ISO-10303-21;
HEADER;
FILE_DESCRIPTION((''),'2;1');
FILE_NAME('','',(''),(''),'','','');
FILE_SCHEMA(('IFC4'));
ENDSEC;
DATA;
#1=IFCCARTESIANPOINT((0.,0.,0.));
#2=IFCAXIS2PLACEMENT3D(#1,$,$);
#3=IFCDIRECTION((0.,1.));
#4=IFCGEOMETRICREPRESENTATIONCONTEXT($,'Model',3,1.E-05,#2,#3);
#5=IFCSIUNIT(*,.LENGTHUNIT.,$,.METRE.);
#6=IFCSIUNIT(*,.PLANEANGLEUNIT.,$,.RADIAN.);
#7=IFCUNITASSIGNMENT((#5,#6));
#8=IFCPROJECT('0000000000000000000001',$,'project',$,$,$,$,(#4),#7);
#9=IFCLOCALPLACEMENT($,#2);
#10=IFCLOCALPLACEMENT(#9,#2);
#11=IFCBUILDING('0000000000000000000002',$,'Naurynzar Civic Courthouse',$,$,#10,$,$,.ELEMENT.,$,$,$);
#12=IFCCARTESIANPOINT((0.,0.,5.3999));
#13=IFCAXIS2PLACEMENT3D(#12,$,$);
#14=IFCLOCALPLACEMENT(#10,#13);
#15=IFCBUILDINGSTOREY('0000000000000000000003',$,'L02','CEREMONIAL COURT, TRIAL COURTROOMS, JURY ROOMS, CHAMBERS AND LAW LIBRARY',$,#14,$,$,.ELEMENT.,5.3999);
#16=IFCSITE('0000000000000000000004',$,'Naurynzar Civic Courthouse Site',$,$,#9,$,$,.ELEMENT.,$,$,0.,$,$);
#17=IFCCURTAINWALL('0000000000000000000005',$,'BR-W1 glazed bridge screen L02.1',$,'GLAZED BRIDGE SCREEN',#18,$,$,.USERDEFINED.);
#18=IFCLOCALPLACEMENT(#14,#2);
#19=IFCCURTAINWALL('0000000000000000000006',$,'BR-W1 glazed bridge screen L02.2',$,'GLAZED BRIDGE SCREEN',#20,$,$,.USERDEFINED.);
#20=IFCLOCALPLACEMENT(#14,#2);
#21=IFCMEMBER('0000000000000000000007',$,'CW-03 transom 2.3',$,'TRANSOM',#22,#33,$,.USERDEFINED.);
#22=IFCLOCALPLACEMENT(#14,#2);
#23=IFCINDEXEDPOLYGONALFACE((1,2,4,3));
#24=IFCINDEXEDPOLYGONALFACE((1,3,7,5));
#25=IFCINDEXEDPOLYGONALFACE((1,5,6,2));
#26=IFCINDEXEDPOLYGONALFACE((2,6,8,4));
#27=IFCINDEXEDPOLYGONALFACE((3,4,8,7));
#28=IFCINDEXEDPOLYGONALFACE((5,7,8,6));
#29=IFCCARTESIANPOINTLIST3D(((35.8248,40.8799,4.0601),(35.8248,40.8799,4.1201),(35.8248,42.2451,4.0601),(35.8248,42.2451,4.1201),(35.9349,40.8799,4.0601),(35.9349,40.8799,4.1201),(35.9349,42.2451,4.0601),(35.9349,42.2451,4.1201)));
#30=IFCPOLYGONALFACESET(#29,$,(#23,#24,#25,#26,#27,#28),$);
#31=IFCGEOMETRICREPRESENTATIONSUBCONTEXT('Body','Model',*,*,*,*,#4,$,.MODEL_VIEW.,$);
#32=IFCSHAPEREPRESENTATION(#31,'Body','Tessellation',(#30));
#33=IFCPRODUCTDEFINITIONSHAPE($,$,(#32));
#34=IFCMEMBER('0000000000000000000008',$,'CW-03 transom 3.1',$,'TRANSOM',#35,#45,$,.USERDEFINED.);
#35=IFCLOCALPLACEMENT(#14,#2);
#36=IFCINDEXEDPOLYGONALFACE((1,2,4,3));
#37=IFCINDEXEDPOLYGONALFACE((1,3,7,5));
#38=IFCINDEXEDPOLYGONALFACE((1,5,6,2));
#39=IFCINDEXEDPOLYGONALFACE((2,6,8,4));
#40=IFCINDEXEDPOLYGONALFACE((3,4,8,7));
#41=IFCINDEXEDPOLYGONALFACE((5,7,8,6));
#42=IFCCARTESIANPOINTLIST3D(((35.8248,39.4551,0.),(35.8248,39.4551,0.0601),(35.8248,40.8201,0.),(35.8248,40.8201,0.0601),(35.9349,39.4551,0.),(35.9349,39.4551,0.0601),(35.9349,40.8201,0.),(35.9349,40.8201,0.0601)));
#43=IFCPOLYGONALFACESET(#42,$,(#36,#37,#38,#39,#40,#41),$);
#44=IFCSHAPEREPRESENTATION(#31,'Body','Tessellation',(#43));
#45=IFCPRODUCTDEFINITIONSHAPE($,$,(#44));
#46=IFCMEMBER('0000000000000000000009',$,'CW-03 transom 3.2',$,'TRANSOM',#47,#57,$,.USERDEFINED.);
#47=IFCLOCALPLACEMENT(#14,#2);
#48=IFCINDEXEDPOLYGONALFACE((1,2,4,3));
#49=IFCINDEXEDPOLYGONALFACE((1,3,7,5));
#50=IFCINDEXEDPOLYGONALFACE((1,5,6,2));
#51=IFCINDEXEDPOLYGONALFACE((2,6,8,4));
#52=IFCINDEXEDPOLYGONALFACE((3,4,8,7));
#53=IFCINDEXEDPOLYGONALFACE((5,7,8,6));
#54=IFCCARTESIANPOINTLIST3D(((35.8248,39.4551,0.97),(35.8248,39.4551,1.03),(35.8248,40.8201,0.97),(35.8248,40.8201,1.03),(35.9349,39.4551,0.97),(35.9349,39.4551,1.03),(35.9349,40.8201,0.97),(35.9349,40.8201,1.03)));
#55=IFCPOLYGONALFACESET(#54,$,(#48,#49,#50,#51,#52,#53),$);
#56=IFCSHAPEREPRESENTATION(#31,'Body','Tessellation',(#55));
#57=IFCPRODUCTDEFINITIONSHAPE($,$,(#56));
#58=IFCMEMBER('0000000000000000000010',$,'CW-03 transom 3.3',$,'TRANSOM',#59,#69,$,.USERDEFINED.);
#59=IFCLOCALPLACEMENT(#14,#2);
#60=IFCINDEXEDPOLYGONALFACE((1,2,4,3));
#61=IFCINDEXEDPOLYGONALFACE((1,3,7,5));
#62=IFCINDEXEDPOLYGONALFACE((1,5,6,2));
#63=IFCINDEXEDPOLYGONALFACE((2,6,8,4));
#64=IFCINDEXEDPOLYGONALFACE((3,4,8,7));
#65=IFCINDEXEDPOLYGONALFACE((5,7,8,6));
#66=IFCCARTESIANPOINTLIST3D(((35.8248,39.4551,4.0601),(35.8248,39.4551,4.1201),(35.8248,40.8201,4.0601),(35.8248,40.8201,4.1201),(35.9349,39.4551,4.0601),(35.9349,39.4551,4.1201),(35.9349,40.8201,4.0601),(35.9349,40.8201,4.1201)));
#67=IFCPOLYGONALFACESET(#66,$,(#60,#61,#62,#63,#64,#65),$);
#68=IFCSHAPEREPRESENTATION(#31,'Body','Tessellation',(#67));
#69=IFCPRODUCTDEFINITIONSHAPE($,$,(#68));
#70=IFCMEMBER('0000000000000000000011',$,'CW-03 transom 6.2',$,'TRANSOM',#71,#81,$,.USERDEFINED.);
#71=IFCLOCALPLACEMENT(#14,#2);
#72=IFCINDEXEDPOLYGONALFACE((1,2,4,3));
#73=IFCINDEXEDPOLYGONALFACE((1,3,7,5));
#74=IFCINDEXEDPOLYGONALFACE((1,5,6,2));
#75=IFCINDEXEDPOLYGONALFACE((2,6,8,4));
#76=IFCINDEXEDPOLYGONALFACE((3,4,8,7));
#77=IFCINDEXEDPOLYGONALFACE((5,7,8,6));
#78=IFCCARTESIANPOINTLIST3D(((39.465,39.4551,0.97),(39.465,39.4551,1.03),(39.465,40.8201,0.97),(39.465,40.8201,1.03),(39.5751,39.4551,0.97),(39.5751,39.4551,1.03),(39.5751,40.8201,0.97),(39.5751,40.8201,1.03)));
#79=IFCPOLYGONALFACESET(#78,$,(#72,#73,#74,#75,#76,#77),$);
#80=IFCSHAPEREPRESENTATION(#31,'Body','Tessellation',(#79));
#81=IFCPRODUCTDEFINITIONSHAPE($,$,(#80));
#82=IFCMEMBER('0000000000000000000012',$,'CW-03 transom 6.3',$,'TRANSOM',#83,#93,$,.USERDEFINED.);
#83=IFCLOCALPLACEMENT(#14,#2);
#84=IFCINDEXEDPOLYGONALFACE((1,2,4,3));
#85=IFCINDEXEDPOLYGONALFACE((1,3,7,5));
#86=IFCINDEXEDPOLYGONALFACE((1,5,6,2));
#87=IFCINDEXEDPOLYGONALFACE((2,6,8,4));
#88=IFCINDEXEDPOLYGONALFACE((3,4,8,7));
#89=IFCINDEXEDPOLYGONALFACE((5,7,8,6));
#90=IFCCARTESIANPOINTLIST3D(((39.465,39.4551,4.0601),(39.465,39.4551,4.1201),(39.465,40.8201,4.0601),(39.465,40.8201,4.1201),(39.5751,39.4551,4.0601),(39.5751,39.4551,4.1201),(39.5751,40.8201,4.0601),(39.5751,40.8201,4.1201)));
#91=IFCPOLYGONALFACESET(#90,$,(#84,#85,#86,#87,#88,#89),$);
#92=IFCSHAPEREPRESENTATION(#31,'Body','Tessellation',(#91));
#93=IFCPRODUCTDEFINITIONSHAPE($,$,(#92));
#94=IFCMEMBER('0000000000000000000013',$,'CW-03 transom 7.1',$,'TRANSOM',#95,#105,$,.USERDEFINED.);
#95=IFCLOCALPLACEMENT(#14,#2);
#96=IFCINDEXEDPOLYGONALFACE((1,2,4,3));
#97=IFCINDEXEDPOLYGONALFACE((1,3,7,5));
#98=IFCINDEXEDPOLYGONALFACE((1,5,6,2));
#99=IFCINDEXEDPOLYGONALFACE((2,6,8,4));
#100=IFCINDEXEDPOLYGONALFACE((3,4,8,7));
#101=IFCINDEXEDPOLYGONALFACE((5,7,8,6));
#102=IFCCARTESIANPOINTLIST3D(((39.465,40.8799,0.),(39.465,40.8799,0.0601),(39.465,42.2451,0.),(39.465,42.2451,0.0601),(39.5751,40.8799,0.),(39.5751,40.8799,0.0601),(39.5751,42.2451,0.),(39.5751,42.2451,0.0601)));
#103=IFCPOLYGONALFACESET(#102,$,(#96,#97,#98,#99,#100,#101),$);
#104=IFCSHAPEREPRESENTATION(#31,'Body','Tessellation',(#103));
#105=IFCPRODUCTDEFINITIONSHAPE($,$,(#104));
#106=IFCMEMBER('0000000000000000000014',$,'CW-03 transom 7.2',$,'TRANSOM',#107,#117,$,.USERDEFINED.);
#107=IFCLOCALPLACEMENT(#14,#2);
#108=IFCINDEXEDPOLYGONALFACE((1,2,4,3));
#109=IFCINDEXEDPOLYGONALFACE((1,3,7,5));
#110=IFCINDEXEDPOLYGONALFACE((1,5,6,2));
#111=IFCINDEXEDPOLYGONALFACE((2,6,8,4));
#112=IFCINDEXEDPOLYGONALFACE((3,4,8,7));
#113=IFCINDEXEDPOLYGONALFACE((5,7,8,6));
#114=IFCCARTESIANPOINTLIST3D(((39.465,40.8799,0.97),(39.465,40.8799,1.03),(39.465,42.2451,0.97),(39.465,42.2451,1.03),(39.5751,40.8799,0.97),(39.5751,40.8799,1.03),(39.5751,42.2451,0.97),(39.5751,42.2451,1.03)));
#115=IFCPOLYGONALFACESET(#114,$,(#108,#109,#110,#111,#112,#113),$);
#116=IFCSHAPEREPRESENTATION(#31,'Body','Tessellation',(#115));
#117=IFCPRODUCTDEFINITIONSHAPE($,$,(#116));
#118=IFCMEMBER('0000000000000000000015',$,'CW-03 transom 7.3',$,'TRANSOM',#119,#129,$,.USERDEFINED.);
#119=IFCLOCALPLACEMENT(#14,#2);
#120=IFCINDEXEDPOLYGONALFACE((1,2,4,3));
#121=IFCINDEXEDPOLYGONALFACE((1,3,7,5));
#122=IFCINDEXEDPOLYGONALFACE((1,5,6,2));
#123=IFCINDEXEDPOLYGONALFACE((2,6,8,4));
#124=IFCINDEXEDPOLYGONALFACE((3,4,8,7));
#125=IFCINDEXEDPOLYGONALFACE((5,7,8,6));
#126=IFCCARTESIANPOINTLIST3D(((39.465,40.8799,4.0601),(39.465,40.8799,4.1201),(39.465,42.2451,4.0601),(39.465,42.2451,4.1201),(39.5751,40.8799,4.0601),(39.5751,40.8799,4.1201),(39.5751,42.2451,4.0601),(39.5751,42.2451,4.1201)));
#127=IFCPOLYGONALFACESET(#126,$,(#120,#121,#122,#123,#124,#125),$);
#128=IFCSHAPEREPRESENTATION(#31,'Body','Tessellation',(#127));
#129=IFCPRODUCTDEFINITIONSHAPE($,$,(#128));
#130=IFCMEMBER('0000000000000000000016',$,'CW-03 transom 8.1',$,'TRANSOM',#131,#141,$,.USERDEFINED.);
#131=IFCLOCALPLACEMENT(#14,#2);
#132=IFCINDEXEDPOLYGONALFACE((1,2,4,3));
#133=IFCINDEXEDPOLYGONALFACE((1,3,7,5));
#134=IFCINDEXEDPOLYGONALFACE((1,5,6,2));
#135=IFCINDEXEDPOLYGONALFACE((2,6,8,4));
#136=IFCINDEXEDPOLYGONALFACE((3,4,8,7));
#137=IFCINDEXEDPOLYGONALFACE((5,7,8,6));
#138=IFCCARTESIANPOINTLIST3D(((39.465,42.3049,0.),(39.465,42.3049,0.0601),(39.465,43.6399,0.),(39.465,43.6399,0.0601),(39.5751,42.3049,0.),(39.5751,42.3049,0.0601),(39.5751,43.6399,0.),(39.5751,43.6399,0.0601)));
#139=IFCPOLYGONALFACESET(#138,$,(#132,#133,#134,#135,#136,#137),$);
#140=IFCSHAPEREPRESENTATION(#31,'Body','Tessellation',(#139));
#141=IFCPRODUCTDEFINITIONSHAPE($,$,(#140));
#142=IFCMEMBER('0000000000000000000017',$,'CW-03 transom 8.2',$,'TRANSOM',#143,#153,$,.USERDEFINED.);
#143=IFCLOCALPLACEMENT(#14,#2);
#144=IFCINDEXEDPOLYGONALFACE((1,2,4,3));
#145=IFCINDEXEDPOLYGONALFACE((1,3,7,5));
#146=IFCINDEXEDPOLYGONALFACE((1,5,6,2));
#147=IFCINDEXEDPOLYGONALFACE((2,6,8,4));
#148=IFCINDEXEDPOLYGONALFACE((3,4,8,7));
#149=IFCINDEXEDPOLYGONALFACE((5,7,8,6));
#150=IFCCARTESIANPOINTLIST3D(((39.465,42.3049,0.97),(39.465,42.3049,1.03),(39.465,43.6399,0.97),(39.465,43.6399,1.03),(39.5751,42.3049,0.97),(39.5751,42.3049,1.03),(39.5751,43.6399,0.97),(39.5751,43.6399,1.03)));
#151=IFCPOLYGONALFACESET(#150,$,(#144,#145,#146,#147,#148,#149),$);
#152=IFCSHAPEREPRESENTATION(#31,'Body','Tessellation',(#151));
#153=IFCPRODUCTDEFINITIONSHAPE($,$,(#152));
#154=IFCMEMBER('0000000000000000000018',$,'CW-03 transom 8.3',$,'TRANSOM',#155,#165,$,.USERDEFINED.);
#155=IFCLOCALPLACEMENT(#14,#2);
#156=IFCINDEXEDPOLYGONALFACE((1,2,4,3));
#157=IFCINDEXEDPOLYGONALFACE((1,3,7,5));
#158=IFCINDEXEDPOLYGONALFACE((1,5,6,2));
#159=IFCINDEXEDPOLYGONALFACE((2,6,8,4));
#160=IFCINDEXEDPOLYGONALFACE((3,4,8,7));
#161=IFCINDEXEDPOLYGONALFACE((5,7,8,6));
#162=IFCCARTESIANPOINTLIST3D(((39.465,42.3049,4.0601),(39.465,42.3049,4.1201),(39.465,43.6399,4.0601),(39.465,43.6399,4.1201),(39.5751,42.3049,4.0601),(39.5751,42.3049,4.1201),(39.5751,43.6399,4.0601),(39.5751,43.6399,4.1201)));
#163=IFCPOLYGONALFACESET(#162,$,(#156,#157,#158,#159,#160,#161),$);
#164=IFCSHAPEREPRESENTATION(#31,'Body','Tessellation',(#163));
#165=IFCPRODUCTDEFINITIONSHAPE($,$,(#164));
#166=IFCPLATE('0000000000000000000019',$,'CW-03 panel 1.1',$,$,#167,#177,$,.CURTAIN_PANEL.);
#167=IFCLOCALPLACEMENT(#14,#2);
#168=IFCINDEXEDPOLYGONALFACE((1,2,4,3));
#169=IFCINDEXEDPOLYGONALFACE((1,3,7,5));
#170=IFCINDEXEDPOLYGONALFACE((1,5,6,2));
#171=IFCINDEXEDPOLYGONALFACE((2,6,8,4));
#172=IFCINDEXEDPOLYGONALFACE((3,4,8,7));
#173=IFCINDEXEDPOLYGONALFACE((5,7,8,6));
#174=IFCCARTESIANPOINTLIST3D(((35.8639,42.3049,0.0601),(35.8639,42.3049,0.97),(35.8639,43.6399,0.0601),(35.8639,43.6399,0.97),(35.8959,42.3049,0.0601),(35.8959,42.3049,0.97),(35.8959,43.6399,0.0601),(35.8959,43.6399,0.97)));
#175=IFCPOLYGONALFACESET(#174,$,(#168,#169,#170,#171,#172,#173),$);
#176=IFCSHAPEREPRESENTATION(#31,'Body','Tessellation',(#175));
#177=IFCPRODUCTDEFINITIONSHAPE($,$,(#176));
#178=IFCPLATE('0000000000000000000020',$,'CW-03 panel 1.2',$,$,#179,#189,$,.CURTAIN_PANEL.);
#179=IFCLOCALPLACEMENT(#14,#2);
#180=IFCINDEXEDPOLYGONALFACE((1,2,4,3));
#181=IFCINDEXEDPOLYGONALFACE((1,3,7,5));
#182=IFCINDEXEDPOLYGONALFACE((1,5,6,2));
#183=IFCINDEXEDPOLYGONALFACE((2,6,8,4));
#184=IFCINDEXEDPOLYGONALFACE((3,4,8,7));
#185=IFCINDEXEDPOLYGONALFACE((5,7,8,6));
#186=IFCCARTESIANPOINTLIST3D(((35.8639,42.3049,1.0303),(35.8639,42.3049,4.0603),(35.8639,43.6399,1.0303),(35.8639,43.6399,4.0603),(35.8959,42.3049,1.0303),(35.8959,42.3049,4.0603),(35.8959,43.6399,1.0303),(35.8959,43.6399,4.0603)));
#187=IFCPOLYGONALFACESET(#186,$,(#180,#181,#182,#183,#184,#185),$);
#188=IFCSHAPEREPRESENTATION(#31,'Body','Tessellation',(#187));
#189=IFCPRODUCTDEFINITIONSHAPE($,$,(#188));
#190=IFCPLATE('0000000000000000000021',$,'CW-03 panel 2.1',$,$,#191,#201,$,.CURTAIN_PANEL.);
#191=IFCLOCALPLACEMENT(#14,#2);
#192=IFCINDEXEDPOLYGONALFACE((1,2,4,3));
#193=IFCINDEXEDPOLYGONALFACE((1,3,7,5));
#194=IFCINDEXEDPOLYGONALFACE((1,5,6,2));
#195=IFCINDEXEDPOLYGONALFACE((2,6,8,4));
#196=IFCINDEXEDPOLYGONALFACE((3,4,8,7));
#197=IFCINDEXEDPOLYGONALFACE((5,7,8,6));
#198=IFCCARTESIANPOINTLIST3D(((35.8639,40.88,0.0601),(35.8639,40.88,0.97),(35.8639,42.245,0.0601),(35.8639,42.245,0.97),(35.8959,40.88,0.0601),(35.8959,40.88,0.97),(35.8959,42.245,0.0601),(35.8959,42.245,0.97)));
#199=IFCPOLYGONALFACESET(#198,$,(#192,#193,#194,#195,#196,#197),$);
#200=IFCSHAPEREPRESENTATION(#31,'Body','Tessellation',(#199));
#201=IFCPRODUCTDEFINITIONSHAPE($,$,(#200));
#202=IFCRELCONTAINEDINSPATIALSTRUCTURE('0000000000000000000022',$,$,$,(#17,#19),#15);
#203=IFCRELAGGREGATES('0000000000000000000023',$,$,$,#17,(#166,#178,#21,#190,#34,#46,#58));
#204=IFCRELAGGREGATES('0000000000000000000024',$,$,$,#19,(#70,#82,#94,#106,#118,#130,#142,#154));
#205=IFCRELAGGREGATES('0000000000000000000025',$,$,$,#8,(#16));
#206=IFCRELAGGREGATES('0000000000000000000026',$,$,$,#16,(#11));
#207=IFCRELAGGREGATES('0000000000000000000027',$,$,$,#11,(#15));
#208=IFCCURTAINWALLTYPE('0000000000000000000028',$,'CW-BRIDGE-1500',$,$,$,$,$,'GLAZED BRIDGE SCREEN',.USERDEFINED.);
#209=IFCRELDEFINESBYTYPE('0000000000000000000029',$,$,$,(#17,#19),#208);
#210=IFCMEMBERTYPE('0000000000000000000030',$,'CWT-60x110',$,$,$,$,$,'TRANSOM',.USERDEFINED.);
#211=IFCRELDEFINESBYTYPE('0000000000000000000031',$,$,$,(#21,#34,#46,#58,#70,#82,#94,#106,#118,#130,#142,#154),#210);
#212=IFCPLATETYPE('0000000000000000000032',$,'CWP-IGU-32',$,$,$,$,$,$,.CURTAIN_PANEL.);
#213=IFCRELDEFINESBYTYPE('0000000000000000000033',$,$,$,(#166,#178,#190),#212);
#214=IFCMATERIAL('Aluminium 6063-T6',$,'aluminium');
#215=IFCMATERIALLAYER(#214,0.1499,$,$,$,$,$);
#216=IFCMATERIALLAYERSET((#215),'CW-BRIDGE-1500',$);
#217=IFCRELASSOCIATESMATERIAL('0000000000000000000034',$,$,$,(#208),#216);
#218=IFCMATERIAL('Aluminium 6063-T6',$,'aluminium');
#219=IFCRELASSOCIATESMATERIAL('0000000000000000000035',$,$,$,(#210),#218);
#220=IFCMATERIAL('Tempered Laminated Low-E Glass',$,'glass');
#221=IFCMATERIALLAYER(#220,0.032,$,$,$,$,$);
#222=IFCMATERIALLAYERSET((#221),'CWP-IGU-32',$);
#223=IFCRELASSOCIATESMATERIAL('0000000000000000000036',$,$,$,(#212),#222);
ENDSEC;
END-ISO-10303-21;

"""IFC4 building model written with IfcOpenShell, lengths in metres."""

from ifc_helpers import new_model, si_unit, direction, frame, origin, origin_2d, place, context, subcontext, project, spatial, rectangle, extrude, material, layer, layer_set, material_profile, profile_set, type_object, element, aggregate, save


model = new_model("IFC4")

# Units and contexts
model_context = context("Model", 3, precision=1e-05, world=origin(), true_north=direction((0.0, 1.0)))
body_context = subcontext(model_context, "Body", "Model", "MODEL_VIEW")
ifc_project = project(units=[si_unit("LENGTHUNIT", "METRE"), si_unit("PLANEANGLEUNIT", "RADIAN")], contexts=[model_context])

# Site, building, storey
site_placement = place(None, origin())
site = spatial("IfcSite", under=ifc_project, at=site_placement, Name="Naurynzar Civic Courthouse Site", CompositionType="ELEMENT", RefElevation=0.0)
building_placement = place(site_placement, origin())
building = spatial("IfcBuilding", under=site, at=building_placement, Name="Naurynzar Civic Courthouse", CompositionType="ELEMENT")
storey_placement = place(building_placement, frame((0.0, 0.0, 5.3999)))
storey = spatial("IfcBuildingStorey", under=building, at=storey_placement, Name="L02", Description="CEREMONIAL COURT, TRIAL COURTROOMS, JURY ROOMS, CHAMBERS AND LAW LIBRARY", CompositionType="ELEMENT", Elevation=5.3999)

# Curtain walls
ifc_material_1 = material(Name="Aluminium 6063-T6", Category="aluminium")
ifc_layer_1 = layer(ifc_material_1, 0.1499)
ifc_layer_set_1 = layer_set([ifc_layer_1], Name="CW-BRIDGE-1500")
curtain_wall_type = type_object("IfcCurtainWallType", Name="CW-BRIDGE-1500", ElementType="GLAZED BRIDGE SCREEN", PredefinedType="USERDEFINED", material=ifc_layer_set_1)
curtain_wall_1_placement = place(storey_placement, origin())
curtain_wall_1 = element("IfcCurtainWall", 1, at=curtain_wall_1_placement, inside=storey, type_object=curtain_wall_type, Name="BR-W1 glazed bridge screen L02.1", ObjectType="GLAZED BRIDGE SCREEN", PredefinedType="USERDEFINED")
curtain_wall_2_placement = place(storey_placement, origin())
curtain_wall_2 = element("IfcCurtainWall", 2, at=curtain_wall_2_placement, inside=storey, type_object=curtain_wall_type, Name="BR-W1 glazed bridge screen L02.2", ObjectType="GLAZED BRIDGE SCREEN", PredefinedType="USERDEFINED")

# Members
ifc_material_2 = material(Name="Aluminium 6063-T6", Category="aluminium")
ifc_material_profile_1 = material_profile(ifc_material_2, rectangle(XDim=0.1101, YDim=0.0601, at=origin_2d()), Name="ALU TRANSOM 60x110")
ifc_profile_set_1 = profile_set([ifc_material_profile_1], Name="Aluminium 6063-T6")
member_type_1 = type_object("IfcMemberType", Name="CWT-60x110", ElementType="TRANSOM", PredefinedType="USERDEFINED", material=ifc_profile_set_1)
member_1_placement = place(storey_placement, frame((35.8799, 42.2451, 4.0901), z_axis=(0.0, -1.0, 0.0), x_axis=(1.0, 0.0, 0.0)))
member_1 = element("IfcMember", 3, at=member_1_placement, type_object=member_type_1, Name="CW-03 transom 2.3", ObjectType="TRANSOM", PredefinedType="USERDEFINED", context=body_context, shape_type="SweptSolid", body=[
    extrude(rectangle(XDim=0.1101, YDim=0.0601, at=origin_2d()), origin(), (0.0, 0.0, 1.0), 1.3652),
])
member_2_placement = place(storey_placement, frame((35.8799, 40.8201, 0.03), z_axis=(0.0, -1.0, 0.0), x_axis=(1.0, 0.0, 0.0)))
member_2 = element("IfcMember", 4, at=member_2_placement, type_object=member_type_1, Name="CW-03 transom 3.1", ObjectType="TRANSOM", PredefinedType="USERDEFINED", context=body_context, shape_type="SweptSolid", body=[
    extrude(rectangle(XDim=0.1101, YDim=0.0601, at=origin_2d()), origin(), (0.0, 0.0, 1.0), 1.365),
])
member_3_placement = place(storey_placement, frame((35.8799, 40.8201, 1.0), z_axis=(0.0, -1.0, 0.0), x_axis=(1.0, 0.0, 0.0)))
member_3 = element("IfcMember", 5, at=member_3_placement, type_object=member_type_1, Name="CW-03 transom 3.2", ObjectType="TRANSOM", PredefinedType="USERDEFINED", context=body_context, shape_type="SweptSolid", body=[
    extrude(rectangle(XDim=0.1101, YDim=0.0601, at=origin_2d()), origin(), (0.0, 0.0, 1.0), 1.365),
])
member_4_placement = place(storey_placement, frame((35.8799, 40.8201, 4.0901), z_axis=(0.0, -1.0, 0.0), x_axis=(1.0, 0.0, 0.0)))
member_4 = element("IfcMember", 6, at=member_4_placement, type_object=member_type_1, Name="CW-03 transom 3.3", ObjectType="TRANSOM", PredefinedType="USERDEFINED", context=body_context, shape_type="SweptSolid", body=[
    extrude(rectangle(XDim=0.1101, YDim=0.0601, at=origin_2d()), origin(), (0.0, 0.0, 1.0), 1.365),
])
member_5_placement = place(storey_placement, frame((39.52, 39.4551, 1.0), z_axis=(0.0, 1.0, 0.0), x_axis=(-1.0, 0.0, 0.0)))
member_5 = element("IfcMember", 7, at=member_5_placement, type_object=member_type_1, Name="CW-03 transom 6.2", ObjectType="TRANSOM", PredefinedType="USERDEFINED", context=body_context, shape_type="SweptSolid", body=[
    extrude(rectangle(XDim=0.1101, YDim=0.0601, at=origin_2d()), origin(), (0.0, 0.0, 1.0), 1.365),
])
member_6_placement = place(storey_placement, frame((39.52, 39.4551, 4.0901), z_axis=(0.0, 1.0, 0.0), x_axis=(-1.0, 0.0, 0.0)))
member_6 = element("IfcMember", 8, at=member_6_placement, type_object=member_type_1, Name="CW-03 transom 6.3", ObjectType="TRANSOM", PredefinedType="USERDEFINED", context=body_context, shape_type="SweptSolid", body=[
    extrude(rectangle(XDim=0.1101, YDim=0.0601, at=origin_2d()), origin(), (0.0, 0.0, 1.0), 1.365),
])
member_7_placement = place(storey_placement, frame((39.52, 40.8799, 0.03), z_axis=(0.0, 1.0, 0.0), x_axis=(-1.0, 0.0, 0.0)))
member_7 = element("IfcMember", 9, at=member_7_placement, type_object=member_type_1, Name="CW-03 transom 7.1", ObjectType="TRANSOM", PredefinedType="USERDEFINED", context=body_context, shape_type="SweptSolid", body=[
    extrude(rectangle(XDim=0.1101, YDim=0.0601, at=origin_2d()), origin(), (0.0, 0.0, 1.0), 1.3652),
])
member_8_placement = place(storey_placement, frame((39.52, 40.8799, 1.0), z_axis=(0.0, 1.0, 0.0), x_axis=(-1.0, 0.0, 0.0)))
member_8 = element("IfcMember", 10, at=member_8_placement, type_object=member_type_1, Name="CW-03 transom 7.2", ObjectType="TRANSOM", PredefinedType="USERDEFINED", context=body_context, shape_type="SweptSolid", body=[
    extrude(rectangle(XDim=0.1101, YDim=0.0601, at=origin_2d()), origin(), (0.0, 0.0, 1.0), 1.3652),
])
member_9_placement = place(storey_placement, frame((39.52, 40.8799, 4.0901), z_axis=(0.0, 1.0, 0.0), x_axis=(-1.0, 0.0, 0.0)))
member_9 = element("IfcMember", 11, at=member_9_placement, type_object=member_type_1, Name="CW-03 transom 7.3", ObjectType="TRANSOM", PredefinedType="USERDEFINED", context=body_context, shape_type="SweptSolid", body=[
    extrude(rectangle(XDim=0.1101, YDim=0.0601, at=origin_2d()), origin(), (0.0, 0.0, 1.0), 1.3652),
])
member_10_placement = place(storey_placement, frame((39.52, 42.3049, 0.03), z_axis=(0.0, 1.0, 0.0), x_axis=(-1.0, 0.0, 0.0)))
member_10 = element("IfcMember", 12, at=member_10_placement, type_object=member_type_1, Name="CW-03 transom 8.1", ObjectType="TRANSOM", PredefinedType="USERDEFINED", context=body_context, shape_type="SweptSolid", body=[
    extrude(rectangle(XDim=0.1101, YDim=0.0601, at=origin_2d()), origin(), (0.0, 0.0, 1.0), 1.335),
])
member_11_placement = place(storey_placement, frame((39.52, 42.3049, 1.0), z_axis=(0.0, 1.0, 0.0), x_axis=(-1.0, 0.0, 0.0)))
member_11 = element("IfcMember", 13, at=member_11_placement, type_object=member_type_1, Name="CW-03 transom 8.2", ObjectType="TRANSOM", PredefinedType="USERDEFINED", context=body_context, shape_type="SweptSolid", body=[
    extrude(rectangle(XDim=0.1101, YDim=0.0601, at=origin_2d()), origin(), (0.0, 0.0, 1.0), 1.335),
])
member_12_placement = place(storey_placement, frame((39.52, 42.3049, 4.0901), z_axis=(0.0, 1.0, 0.0), x_axis=(-1.0, 0.0, 0.0)))
member_12 = element("IfcMember", 14, at=member_12_placement, type_object=member_type_1, Name="CW-03 transom 8.3", ObjectType="TRANSOM", PredefinedType="USERDEFINED", context=body_context, shape_type="SweptSolid", body=[
    extrude(rectangle(XDim=0.1101, YDim=0.0601, at=origin_2d()), origin(), (0.0, 0.0, 1.0), 1.335),
])

# Plates
ifc_material_3 = material(Name="Tempered Laminated Low-E Glass", Category="glass")
ifc_layer_2 = layer(ifc_material_3, 0.032)
ifc_layer_set_2 = layer_set([ifc_layer_2], Name="CWP-IGU-32")
plate_type_1 = type_object("IfcPlateType", Name="CWP-IGU-32", PredefinedType="CURTAIN_PANEL", material=ifc_layer_set_2)
plate_1_placement = place(storey_placement, frame((35.8799, 42.9724, 0.0601), z_axis=(0.0, 0.0, 1.0), x_axis=(0.0, -1.0, 0.0)))
plate_1 = element("IfcPlate", 15, at=plate_1_placement, type_object=plate_type_1, Name="CW-03 panel 1.1", PredefinedType="CURTAIN_PANEL", context=body_context, shape_type="SweptSolid", body=[
    extrude(rectangle(XDim=1.335, YDim=0.032, at=origin_2d()), origin(), (0.0, 0.0, 1.0), 0.9099),
])
plate_2_placement = place(storey_placement, frame((35.8799, 42.9724, 1.0303), z_axis=(0.0, 0.0, 1.0), x_axis=(0.0, -1.0, 0.0)))
plate_2 = element("IfcPlate", 16, at=plate_2_placement, type_object=plate_type_1, Name="CW-03 panel 1.2", PredefinedType="CURTAIN_PANEL", context=body_context, shape_type="SweptSolid", body=[
    extrude(rectangle(XDim=1.335, YDim=0.032, at=origin_2d()), origin(), (0.0, 0.0, 1.0), 3.03),
])
plate_3_placement = place(storey_placement, frame((35.8799, 41.5625, 0.0601), z_axis=(0.0, 0.0, 1.0), x_axis=(0.0, -1.0, 0.0)))
plate_3 = element("IfcPlate", 17, at=plate_3_placement, type_object=plate_type_1, Name="CW-03 panel 2.1", PredefinedType="CURTAIN_PANEL", context=body_context, shape_type="SweptSolid", body=[
    extrude(rectangle(XDim=1.365, YDim=0.032, at=origin_2d()), origin(), (0.0, 0.0, 1.0), 0.9099),
])
aggregate(curtain_wall_1, [plate_1, plate_2, member_1, plate_3, member_2, member_3, member_4])
aggregate(curtain_wall_2, [member_5, member_6, member_7, member_8, member_9, member_10, member_11, member_12])

save(model, "model.ifc")
